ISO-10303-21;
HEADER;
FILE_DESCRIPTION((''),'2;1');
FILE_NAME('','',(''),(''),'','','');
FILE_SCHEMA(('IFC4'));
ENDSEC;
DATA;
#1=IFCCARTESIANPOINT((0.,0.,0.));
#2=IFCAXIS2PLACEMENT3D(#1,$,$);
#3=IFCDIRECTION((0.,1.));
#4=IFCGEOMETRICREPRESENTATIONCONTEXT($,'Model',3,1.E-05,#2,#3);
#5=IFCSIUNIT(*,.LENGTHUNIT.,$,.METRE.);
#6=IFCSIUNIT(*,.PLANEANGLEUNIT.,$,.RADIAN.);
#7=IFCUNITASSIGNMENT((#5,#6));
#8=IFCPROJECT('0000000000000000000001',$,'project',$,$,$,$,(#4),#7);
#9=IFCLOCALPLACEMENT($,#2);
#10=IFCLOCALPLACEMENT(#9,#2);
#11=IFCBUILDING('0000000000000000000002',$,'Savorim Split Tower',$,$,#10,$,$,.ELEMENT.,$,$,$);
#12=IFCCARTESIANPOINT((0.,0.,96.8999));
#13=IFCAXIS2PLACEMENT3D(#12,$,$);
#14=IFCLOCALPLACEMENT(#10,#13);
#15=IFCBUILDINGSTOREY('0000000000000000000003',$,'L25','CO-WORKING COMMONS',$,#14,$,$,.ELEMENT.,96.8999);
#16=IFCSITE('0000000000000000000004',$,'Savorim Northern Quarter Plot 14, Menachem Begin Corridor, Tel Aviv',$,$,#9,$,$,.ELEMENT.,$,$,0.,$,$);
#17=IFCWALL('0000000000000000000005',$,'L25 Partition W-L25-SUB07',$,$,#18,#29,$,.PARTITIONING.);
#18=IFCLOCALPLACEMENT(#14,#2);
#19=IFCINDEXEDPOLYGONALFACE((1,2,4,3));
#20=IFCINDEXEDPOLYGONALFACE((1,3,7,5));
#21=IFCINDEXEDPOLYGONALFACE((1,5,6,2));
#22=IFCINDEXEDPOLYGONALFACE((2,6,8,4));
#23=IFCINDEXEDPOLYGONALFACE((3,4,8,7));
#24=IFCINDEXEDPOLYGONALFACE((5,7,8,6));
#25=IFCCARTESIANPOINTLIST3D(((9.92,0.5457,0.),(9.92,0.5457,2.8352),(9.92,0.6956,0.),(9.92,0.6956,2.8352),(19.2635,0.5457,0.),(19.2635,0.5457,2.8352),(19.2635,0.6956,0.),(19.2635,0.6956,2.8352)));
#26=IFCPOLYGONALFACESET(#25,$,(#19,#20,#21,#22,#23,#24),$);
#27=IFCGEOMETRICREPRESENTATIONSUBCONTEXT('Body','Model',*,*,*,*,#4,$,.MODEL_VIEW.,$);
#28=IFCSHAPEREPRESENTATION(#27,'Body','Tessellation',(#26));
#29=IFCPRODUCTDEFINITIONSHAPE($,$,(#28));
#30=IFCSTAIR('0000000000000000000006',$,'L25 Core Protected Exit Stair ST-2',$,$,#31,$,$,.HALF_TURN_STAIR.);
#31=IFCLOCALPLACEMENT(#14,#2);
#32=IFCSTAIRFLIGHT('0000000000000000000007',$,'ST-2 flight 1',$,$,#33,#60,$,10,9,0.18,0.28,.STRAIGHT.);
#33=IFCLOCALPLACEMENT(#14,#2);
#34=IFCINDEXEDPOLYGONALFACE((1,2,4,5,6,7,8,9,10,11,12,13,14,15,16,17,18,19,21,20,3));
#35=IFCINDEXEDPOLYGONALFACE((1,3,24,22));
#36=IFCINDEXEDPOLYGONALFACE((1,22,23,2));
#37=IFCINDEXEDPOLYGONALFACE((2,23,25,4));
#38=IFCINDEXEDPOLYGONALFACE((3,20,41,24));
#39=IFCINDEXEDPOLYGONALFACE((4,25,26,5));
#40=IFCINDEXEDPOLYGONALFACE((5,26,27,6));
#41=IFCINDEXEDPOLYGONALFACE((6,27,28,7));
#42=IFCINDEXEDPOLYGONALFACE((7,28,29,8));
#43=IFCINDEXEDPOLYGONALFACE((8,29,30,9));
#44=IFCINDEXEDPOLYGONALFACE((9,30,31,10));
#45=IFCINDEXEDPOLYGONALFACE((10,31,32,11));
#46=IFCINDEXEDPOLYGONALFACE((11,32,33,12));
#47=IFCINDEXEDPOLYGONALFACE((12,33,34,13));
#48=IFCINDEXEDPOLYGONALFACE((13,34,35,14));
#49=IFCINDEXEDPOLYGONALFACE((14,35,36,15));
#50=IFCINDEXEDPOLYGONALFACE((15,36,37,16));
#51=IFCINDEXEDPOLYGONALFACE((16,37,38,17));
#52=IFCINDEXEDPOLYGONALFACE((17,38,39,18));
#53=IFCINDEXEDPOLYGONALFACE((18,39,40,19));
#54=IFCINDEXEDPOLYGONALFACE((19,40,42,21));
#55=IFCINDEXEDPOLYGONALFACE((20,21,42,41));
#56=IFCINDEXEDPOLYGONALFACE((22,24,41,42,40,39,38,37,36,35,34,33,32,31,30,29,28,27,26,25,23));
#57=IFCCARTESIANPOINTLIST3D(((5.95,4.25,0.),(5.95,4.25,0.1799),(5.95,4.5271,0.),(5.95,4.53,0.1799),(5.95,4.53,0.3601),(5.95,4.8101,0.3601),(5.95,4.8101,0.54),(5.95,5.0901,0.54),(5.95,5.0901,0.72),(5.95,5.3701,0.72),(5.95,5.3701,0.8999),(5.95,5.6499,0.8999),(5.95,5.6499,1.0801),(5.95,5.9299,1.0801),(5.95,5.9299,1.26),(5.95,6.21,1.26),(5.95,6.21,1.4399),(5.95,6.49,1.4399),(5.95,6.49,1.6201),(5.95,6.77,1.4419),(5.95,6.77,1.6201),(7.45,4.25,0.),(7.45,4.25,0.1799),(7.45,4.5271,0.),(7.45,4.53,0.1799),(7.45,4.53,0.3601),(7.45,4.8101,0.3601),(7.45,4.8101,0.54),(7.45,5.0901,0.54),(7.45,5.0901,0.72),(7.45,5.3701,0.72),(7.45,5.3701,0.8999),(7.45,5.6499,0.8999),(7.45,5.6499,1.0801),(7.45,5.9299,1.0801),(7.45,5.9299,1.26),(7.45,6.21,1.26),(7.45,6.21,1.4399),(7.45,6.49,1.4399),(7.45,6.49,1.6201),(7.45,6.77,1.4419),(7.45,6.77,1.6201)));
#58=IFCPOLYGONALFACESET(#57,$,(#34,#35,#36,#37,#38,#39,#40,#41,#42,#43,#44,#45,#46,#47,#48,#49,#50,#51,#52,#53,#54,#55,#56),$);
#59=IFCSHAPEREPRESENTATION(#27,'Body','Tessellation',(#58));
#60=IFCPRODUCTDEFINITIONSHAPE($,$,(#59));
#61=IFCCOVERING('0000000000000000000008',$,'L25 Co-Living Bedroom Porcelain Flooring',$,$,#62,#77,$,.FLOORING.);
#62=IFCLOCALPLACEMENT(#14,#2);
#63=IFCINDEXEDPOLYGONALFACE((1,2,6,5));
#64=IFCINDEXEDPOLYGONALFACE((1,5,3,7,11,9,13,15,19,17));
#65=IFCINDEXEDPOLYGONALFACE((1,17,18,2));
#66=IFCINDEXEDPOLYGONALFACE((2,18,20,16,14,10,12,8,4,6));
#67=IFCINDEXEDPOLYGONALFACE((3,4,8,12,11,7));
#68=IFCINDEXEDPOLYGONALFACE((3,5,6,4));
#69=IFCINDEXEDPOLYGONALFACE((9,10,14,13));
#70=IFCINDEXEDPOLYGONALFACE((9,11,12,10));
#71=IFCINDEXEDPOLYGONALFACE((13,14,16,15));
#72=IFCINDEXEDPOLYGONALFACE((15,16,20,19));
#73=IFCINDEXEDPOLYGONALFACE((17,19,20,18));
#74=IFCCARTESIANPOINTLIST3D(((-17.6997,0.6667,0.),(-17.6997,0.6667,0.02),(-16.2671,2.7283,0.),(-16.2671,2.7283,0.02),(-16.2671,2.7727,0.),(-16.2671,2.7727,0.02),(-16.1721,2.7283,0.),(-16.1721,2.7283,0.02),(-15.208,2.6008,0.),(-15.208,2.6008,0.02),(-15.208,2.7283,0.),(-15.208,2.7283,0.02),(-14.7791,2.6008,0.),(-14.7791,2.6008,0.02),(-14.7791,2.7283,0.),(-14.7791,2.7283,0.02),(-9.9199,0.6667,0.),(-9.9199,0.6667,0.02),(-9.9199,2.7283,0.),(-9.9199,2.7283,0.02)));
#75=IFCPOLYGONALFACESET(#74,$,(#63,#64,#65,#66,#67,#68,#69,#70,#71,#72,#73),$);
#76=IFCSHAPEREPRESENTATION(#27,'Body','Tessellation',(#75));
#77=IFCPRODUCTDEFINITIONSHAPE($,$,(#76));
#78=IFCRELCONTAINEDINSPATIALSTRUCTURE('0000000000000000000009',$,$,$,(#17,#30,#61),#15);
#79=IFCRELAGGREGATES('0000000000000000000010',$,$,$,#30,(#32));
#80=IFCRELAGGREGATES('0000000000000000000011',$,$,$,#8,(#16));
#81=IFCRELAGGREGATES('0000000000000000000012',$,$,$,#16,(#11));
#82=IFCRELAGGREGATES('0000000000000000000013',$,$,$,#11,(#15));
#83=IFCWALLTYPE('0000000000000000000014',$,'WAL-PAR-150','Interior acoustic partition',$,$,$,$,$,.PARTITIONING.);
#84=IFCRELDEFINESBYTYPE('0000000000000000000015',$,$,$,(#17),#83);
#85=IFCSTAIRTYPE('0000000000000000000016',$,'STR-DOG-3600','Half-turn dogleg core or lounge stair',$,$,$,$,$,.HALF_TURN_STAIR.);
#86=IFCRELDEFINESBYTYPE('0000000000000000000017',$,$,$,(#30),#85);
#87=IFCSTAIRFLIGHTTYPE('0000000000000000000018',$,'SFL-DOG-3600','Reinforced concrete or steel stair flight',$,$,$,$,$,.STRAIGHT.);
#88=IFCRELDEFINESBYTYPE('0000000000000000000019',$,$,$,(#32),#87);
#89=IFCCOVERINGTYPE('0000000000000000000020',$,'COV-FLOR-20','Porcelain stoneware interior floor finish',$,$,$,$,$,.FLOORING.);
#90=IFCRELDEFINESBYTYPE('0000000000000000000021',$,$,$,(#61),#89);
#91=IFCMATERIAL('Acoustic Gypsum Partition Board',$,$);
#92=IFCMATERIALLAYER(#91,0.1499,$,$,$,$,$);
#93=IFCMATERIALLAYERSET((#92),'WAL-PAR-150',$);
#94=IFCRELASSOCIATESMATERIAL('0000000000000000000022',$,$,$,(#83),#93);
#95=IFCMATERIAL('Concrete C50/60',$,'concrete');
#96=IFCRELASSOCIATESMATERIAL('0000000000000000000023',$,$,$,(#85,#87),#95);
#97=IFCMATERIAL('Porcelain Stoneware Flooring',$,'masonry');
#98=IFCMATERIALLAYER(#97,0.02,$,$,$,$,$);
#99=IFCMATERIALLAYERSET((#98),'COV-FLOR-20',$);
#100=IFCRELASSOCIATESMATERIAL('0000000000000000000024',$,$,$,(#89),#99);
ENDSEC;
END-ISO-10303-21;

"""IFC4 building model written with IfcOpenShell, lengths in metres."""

from ifc_helpers import new_model, si_unit, direction, frame, frame_2d, origin, place, context, subcontext, project, spatial, polyline, rectangle, outline, extrude, material, layer, layer_set, type_object, element, aggregate, save


model = new_model("IFC4")

# Units and contexts
model_context = context("Model", 3, precision=1e-05, world=origin(), true_north=direction((0.0, 1.0)))
body_context = subcontext(model_context, "Body", "Model", "MODEL_VIEW")
ifc_project = project(units=[si_unit("LENGTHUNIT", "METRE"), si_unit("PLANEANGLEUNIT", "RADIAN")], contexts=[model_context])

# Site, building, storey
site_placement = place(None, origin())
site = spatial("IfcSite", under=ifc_project, at=site_placement, Name="Savorim Northern Quarter Plot 14, Menachem Begin Corridor, Tel Aviv", CompositionType="ELEMENT", RefElevation=0.0)
building_placement = place(site_placement, origin())
building = spatial("IfcBuilding", under=site, at=building_placement, Name="Savorim Split Tower", CompositionType="ELEMENT")
storey_placement = place(building_placement, frame((0.0, 0.0, 96.8999)))
storey = spatial("IfcBuildingStorey", under=building, at=storey_placement, Name="L25", Description="CO-WORKING COMMONS", CompositionType="ELEMENT", Elevation=96.8999)

# Shared definitions
ifc_material_1 = material(Name="Concrete C50/60", Category="concrete")

# Wall
ifc_material_2 = material(Name="Acoustic Gypsum Partition Board")
ifc_layer_1 = layer(ifc_material_2, 0.1499)
ifc_layer_set_1 = layer_set([ifc_layer_1], Name="WAL-PAR-150")
wall_type_1 = type_object("IfcWallType", Name="WAL-PAR-150", Description="Interior acoustic partition", PredefinedType="PARTITIONING", material=ifc_layer_set_1)
wall_1_placement = place(storey_placement, frame((9.9199, 0.6206, 0.0), z_axis=(0.0, 0.0, 1.0), x_axis=(1.0, 0.0, 0.0)))
element("IfcWall", 1, at=wall_1_placement, inside=storey, type_object=wall_type_1, Name="L25 Partition W-L25-SUB07", PredefinedType="PARTITIONING", context=body_context, shape_type="SweptSolid", body=[
    extrude(rectangle(XDim=9.3435, YDim=0.1499, at=frame_2d((4.6719, 0.0))), origin(), (0.0, 0.0, 1.0), 2.8352),
])

# Stair, stair flight
stair_type = type_object("IfcStairType", Name="STR-DOG-3600", Description="Half-turn dogleg core or lounge stair", PredefinedType="HALF_TURN_STAIR", material=ifc_material_1)
stair_placement = place(storey_placement, origin())
stair = element("IfcStair", 2, at=stair_placement, inside=storey, type_object=stair_type, Name="L25 Core Protected Exit Stair ST-2", PredefinedType="HALF_TURN_STAIR")
stair_flight_type = type_object("IfcStairFlightType", Name="SFL-DOG-3600", Description="Reinforced concrete or steel stair flight", PredefinedType="STRAIGHT", material=ifc_material_1)
stair_flight_placement = place(storey_placement, frame((6.7, 4.25, 0.0), z_axis=(0.0, 0.0, 1.0), x_axis=(0.0, 1.0, 0.0)))
stair_flight = element("IfcStairFlight", 3, at=stair_flight_placement, type_object=stair_flight_type, Name="ST-2 flight 1", NumberOfRisers=10, NumberOfTreads=9, PredefinedType="STRAIGHT", RiserHeight=0.18, TreadLength=0.28, context=body_context, shape_type="SweptSolid", body=[
    extrude(outline(polyline([(0.0, 0.0), (0.0, 0.1799), (0.28, 0.1799), (0.28, 0.3601), (0.5601, 0.3601), (0.5601, 0.54), (0.8401, 0.54), (0.8401, 0.72), (1.1201, 0.72), (1.1201, 0.8999), (1.3999, 0.8999), (1.3999, 1.0801), (1.6799, 1.0801), (1.6799, 1.26), (1.96, 1.26), (1.96, 1.4399), (2.24, 1.4399), (2.24, 1.6201), (2.52, 1.6201), (2.52, 1.8), (2.52, 1.4419), (0.2771, 0.0), (0.0, 0.0)])), frame((0.0, 0.75, 0.0), z_axis=(0.0, -1.0, 0.0), x_axis=(1.0, 0.0, 0.0)), (0.0, 0.0, 1.0), 1.5),
])
aggregate(stair, [stair_flight])

# Covering
ifc_material_3 = material(Name="Porcelain Stoneware Flooring", Category="masonry")
ifc_layer_2 = layer(ifc_material_3, 0.02)
ifc_layer_set_2 = layer_set([ifc_layer_2], Name="COV-FLOR-20")
covering_type = type_object("IfcCoveringType", Name="COV-FLOR-20", Description="Porcelain stoneware interior floor finish", PredefinedType="FLOORING", material=ifc_layer_set_2)
covering_placement = place(storey_placement, origin())
element("IfcCovering", 4, at=covering_placement, inside=storey, type_object=covering_type, Name="L25 Co-Living Bedroom Porcelain Flooring", PredefinedType="FLOORING", context=body_context, shape_type="SweptSolid", body=[
    extrude(outline(polyline([(-15.208, 2.7283), (-16.1721, 2.7283), (-16.2671, 2.7283), (-16.2671, 2.7727), (-17.6997, 0.6667), (-9.9199, 0.6667), (-9.9199, 2.7283), (-14.7791, 2.7283), (-14.7791, 2.6008), (-15.208, 2.6008), (-15.208, 2.7283)])), origin(), (0.0, 0.0, 1.0), 0.02),
])

save(model, "model.ifc")
